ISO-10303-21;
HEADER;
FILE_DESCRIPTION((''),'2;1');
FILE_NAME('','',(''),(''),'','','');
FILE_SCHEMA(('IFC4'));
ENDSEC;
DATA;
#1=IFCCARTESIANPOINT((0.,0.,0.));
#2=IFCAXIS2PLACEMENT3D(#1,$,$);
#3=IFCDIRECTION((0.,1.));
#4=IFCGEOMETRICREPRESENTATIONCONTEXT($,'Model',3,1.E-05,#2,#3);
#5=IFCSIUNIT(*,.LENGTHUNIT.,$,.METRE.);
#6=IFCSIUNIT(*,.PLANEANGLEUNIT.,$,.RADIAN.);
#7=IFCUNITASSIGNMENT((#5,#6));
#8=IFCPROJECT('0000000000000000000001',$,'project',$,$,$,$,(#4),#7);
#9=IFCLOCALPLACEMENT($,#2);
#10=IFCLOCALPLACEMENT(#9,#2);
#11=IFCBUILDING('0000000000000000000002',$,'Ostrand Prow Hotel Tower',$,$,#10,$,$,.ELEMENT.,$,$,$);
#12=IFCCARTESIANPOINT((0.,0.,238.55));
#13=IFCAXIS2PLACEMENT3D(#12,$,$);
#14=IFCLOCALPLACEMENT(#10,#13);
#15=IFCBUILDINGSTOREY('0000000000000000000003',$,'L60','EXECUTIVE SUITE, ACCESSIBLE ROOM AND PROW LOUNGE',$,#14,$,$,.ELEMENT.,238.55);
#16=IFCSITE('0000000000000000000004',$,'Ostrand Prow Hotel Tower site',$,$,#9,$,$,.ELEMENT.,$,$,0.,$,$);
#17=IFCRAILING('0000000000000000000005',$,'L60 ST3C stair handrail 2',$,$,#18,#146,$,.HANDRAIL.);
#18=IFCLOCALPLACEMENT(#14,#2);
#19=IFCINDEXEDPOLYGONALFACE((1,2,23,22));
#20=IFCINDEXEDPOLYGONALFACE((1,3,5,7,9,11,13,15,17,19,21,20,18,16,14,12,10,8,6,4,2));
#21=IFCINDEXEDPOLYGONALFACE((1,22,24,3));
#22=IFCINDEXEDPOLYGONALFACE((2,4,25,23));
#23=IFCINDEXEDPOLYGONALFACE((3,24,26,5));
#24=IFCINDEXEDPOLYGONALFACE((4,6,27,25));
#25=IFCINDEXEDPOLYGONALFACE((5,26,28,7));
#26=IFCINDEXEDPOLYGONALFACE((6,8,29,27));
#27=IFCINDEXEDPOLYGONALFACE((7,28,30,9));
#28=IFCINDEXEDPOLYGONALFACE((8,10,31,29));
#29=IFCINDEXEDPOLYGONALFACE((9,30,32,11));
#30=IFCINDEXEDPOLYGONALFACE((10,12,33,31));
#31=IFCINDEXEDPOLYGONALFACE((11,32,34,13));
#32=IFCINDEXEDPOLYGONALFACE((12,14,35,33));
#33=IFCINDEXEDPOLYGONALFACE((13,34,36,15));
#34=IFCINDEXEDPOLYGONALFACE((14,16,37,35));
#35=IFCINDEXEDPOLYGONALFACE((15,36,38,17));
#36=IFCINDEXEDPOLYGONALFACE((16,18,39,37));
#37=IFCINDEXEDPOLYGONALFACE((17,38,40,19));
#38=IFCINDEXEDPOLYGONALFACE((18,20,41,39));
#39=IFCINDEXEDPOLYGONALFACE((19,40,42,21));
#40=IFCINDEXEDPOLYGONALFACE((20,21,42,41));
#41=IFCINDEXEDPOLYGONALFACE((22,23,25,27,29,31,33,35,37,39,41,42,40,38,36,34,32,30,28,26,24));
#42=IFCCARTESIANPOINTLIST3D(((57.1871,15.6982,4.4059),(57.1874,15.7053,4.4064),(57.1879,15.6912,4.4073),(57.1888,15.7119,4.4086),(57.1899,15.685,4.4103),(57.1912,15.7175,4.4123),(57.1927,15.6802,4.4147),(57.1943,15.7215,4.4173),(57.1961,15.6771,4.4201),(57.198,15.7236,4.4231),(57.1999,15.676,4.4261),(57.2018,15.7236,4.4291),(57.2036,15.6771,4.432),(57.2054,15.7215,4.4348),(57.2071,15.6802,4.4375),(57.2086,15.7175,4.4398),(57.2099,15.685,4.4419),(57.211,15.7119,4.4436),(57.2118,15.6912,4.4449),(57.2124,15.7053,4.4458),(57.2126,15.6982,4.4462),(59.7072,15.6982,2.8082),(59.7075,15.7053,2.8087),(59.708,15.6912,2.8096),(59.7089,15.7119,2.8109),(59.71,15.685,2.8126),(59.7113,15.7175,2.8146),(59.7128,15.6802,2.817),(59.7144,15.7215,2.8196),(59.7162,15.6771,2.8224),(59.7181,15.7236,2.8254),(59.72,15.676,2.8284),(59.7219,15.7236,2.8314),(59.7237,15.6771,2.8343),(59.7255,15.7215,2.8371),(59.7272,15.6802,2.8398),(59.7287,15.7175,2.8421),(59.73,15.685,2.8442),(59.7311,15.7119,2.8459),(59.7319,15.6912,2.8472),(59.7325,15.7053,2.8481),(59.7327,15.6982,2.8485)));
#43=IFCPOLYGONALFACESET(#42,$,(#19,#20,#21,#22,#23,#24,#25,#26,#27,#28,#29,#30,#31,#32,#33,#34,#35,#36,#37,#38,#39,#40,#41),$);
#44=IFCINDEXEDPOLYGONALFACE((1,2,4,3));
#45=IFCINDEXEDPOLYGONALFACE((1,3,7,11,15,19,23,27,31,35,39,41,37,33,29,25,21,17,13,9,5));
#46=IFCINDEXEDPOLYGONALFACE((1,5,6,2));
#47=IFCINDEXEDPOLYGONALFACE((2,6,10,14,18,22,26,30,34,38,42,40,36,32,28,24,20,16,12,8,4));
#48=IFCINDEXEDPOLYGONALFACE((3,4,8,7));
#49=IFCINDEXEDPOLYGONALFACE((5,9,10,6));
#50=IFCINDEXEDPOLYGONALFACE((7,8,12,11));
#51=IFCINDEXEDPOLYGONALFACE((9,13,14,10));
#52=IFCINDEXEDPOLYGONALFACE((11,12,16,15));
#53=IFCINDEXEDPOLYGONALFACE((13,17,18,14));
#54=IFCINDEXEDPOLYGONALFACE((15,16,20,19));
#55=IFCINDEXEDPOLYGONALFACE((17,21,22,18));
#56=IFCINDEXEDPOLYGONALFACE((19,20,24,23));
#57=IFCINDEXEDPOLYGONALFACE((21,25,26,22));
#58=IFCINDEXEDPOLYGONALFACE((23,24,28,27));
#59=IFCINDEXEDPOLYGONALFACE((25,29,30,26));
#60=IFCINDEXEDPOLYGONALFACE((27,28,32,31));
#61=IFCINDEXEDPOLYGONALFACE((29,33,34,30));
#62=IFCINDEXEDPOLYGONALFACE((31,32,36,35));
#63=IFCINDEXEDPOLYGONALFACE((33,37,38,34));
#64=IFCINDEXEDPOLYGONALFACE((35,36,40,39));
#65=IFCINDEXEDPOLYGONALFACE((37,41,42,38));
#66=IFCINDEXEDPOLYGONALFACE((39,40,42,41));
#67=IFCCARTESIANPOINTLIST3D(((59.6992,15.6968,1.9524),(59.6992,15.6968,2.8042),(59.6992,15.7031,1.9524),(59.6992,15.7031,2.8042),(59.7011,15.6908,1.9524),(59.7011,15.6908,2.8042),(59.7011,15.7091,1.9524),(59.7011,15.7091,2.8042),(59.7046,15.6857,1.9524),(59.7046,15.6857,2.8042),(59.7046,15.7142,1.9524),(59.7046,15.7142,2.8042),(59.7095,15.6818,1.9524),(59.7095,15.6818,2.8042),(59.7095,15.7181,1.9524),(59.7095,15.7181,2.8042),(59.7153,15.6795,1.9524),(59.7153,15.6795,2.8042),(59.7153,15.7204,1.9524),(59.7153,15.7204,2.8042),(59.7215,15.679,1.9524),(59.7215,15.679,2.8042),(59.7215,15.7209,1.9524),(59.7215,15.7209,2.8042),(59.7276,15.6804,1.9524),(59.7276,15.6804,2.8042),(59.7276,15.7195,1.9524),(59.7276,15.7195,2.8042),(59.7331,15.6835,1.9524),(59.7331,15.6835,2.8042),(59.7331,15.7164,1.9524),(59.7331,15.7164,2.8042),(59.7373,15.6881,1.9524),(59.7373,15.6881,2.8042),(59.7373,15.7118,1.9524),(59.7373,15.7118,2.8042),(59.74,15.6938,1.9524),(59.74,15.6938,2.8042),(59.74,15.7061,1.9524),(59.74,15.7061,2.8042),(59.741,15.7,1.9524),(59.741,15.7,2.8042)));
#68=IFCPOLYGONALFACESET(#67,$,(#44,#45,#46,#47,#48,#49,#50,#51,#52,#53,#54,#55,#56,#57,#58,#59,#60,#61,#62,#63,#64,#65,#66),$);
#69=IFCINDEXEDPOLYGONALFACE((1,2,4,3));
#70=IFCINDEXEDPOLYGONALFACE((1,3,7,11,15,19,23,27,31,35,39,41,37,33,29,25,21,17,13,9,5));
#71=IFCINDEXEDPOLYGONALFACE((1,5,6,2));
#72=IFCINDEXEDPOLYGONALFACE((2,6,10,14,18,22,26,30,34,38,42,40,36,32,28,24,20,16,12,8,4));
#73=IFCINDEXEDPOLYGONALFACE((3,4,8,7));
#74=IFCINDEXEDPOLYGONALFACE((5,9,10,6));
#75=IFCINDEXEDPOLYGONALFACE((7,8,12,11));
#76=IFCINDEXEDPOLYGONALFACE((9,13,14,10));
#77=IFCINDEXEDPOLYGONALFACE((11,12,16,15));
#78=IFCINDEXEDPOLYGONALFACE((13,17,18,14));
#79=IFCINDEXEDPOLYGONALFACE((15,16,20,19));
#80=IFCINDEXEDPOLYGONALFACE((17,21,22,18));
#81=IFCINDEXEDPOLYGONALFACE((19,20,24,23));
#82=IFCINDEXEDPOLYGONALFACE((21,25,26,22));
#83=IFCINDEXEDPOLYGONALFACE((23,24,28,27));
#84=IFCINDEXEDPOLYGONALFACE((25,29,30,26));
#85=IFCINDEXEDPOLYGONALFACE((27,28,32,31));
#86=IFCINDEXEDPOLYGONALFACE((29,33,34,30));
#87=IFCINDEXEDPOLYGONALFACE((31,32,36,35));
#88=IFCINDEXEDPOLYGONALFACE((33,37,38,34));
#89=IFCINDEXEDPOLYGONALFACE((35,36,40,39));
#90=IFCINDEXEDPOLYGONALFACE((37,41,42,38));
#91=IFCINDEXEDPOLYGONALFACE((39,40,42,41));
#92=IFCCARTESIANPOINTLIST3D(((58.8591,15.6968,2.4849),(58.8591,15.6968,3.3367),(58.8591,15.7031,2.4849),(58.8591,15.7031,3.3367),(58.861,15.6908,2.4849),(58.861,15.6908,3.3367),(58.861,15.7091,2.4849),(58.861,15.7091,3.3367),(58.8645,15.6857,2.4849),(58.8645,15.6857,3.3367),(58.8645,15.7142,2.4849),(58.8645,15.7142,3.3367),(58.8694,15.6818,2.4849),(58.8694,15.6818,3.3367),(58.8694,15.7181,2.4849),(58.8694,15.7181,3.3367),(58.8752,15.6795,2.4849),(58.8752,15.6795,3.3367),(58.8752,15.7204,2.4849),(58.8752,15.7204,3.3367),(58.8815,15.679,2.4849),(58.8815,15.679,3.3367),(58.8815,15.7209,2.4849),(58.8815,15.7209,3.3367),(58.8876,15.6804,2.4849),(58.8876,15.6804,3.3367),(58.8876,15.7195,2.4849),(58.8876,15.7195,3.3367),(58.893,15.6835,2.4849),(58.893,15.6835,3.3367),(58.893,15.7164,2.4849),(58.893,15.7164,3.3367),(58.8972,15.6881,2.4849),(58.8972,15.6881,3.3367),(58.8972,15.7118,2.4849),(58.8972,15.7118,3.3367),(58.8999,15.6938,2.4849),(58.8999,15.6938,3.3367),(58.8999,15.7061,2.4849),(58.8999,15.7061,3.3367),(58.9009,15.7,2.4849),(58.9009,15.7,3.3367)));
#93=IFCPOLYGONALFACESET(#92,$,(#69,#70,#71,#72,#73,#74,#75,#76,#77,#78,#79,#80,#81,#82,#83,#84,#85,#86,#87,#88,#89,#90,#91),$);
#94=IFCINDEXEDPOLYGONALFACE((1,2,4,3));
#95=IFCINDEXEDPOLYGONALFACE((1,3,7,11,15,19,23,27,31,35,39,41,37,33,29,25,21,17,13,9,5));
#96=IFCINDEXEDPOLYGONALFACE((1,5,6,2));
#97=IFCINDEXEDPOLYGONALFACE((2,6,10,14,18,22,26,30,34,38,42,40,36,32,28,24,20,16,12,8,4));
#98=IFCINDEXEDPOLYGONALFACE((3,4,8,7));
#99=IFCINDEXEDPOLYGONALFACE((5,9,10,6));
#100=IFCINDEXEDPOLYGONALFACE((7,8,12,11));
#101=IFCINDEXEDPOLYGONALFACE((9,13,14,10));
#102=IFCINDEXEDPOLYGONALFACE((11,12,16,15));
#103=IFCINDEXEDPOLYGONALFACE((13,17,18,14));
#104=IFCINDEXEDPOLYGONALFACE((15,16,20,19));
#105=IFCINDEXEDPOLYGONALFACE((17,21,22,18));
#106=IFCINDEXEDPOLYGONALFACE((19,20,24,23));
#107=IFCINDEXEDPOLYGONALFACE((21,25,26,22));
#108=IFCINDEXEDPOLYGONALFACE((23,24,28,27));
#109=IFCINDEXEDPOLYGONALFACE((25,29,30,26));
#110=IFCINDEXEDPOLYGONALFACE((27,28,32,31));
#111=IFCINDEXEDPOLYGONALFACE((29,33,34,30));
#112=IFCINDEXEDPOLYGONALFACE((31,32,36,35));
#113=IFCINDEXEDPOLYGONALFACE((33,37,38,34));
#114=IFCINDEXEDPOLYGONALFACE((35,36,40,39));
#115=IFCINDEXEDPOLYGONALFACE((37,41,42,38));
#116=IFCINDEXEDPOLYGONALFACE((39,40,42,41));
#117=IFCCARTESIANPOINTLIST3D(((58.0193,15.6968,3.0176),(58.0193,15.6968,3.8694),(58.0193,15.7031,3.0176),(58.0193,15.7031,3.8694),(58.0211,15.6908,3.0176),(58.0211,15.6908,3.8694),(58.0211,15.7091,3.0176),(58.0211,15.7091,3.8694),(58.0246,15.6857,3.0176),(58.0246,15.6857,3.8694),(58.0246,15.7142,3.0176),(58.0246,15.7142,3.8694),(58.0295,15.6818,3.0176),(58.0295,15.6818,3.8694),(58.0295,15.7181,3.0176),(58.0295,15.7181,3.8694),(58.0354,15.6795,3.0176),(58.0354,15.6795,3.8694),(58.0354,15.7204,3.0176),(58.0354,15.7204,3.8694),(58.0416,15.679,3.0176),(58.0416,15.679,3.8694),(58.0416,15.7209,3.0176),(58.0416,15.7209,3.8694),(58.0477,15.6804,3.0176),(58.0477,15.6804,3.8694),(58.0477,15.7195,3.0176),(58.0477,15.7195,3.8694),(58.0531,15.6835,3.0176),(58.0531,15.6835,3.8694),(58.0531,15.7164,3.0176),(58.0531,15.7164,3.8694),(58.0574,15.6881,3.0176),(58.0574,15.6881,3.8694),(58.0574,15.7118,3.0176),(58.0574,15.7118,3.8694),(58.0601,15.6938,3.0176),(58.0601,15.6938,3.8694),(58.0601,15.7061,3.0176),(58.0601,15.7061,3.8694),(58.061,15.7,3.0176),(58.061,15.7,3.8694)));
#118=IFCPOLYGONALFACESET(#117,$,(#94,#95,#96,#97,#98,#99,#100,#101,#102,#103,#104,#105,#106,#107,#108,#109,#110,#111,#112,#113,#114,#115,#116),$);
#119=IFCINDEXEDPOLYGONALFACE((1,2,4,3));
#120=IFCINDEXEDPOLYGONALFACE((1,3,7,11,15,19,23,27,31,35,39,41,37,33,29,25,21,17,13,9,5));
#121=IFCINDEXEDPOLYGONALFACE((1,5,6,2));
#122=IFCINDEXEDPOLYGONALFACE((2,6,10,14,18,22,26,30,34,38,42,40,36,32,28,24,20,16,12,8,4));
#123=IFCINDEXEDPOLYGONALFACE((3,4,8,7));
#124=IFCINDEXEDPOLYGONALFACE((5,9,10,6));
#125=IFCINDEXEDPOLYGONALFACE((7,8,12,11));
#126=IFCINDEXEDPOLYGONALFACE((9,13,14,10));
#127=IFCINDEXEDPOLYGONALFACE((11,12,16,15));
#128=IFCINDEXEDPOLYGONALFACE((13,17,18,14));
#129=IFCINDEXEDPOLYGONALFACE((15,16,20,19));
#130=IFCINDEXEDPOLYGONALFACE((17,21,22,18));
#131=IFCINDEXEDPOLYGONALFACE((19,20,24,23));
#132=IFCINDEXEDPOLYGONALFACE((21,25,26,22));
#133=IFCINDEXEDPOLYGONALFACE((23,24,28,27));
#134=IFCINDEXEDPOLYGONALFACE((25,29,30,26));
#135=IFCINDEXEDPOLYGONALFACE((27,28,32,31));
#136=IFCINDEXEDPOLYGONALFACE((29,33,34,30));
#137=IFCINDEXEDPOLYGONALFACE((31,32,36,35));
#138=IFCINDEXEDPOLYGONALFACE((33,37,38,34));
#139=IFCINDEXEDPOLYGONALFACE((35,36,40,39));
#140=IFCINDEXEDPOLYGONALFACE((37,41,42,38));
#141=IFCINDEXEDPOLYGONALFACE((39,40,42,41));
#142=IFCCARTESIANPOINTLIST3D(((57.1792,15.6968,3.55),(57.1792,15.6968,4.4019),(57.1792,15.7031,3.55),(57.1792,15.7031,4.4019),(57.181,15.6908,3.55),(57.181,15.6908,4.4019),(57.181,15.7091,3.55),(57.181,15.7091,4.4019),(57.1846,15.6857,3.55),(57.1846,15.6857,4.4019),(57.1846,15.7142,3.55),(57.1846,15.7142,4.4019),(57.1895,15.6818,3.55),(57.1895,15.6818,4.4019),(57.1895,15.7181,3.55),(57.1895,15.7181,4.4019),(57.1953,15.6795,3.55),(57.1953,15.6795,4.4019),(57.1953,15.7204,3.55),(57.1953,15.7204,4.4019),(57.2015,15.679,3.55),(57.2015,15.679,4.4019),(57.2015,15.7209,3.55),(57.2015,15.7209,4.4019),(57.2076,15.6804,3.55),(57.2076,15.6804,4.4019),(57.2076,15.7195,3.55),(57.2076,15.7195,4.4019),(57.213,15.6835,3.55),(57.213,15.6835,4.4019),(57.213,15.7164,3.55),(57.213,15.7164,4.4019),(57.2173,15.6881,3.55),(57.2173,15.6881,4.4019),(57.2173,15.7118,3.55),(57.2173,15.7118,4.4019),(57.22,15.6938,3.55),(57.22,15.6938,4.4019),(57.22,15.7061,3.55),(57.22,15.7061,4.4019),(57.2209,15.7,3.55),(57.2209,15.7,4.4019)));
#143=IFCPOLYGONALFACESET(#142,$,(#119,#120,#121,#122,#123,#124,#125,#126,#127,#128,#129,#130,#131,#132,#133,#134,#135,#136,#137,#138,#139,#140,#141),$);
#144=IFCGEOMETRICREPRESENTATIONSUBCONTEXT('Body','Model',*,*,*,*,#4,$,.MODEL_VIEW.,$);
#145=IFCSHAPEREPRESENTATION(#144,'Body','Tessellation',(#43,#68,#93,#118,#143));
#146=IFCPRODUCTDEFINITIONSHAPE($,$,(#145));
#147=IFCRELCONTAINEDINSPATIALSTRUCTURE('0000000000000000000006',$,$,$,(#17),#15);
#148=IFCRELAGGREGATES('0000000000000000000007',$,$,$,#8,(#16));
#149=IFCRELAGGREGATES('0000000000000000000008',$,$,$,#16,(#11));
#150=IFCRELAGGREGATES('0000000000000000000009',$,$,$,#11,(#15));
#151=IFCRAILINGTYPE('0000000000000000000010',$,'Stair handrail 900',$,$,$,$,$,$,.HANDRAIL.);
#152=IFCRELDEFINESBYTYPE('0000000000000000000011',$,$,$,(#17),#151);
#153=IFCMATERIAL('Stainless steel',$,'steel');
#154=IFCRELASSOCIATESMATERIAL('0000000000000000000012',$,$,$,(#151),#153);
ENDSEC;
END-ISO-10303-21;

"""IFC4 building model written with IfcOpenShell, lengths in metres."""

from ifc_helpers import new_model, si_unit, direction, frame, origin, origin_2d, place, context, subcontext, project, spatial, circle, extrude, material, type_object, element, save


model = new_model("IFC4")

# Units and contexts
model_context = context("Model", 3, precision=1e-05, world=origin(), true_north=direction((0.0, 1.0)))
body_context = subcontext(model_context, "Body", "Model", "MODEL_VIEW")
ifc_project = project(units=[si_unit("LENGTHUNIT", "METRE"), si_unit("PLANEANGLEUNIT", "RADIAN")], contexts=[model_context])

# Site, building, storey
site_placement = place(None, origin())
site = spatial("IfcSite", under=ifc_project, at=site_placement, Name="Ostrand Prow Hotel Tower site", CompositionType="ELEMENT", RefElevation=0.0)
building_placement = place(site_placement, origin())
building = spatial("IfcBuilding", under=site, at=building_placement, Name="Ostrand Prow Hotel Tower", CompositionType="ELEMENT")
storey_placement = place(building_placement, frame((0.0, 0.0, 238.55)))
storey = spatial("IfcBuildingStorey", under=building, at=storey_placement, Name="L60", Description="EXECUTIVE SUITE, ACCESSIBLE ROOM AND PROW LOUNGE", CompositionType="ELEMENT", Elevation=238.55)

# Railing
ifc_material_1 = material(Name="Stainless steel", Category="steel")
railing_type_1 = type_object("IfcRailingType", Name="Stair handrail 900", PredefinedType="HANDRAIL", material=ifc_material_1)
railing_1_placement = place(storey_placement, frame((59.72, 15.7, 1.9524)))
element("IfcRailing", 1, at=railing_1_placement, inside=storey, type_object=railing_type_1, Name="L60 ST3C stair handrail 2", PredefinedType="HANDRAIL", context=body_context, shape_type="SweptSolid", body=[
    extrude(circle(Radius=0.0239, at=origin_2d()), frame((0.0, 0.0, 0.876), z_axis=(-0.84457, 0.0, 0.535445), x_axis=(0.0, -1.0, 0.0)), (0.0, 0.0, 1.0), 2.9839),
    extrude(circle(Radius=0.021, at=origin_2d()), origin(), (0.0, 0.0, 1.0), 0.8518),
    extrude(circle(Radius=0.021, at=origin_2d()), frame((-0.8401, 0.0, 0.5325)), (0.0, 0.0, 1.0), 0.8518),
    extrude(circle(Radius=0.021, at=origin_2d()), frame((-1.6799, 0.0, 1.0652)), (0.0, 0.0, 1.0), 0.8518),
    extrude(circle(Radius=0.021, at=origin_2d()), frame((-2.52, 0.0, 1.5977)), (0.0, 0.0, 1.0), 0.8518),
])

save(model, "model.ifc")
